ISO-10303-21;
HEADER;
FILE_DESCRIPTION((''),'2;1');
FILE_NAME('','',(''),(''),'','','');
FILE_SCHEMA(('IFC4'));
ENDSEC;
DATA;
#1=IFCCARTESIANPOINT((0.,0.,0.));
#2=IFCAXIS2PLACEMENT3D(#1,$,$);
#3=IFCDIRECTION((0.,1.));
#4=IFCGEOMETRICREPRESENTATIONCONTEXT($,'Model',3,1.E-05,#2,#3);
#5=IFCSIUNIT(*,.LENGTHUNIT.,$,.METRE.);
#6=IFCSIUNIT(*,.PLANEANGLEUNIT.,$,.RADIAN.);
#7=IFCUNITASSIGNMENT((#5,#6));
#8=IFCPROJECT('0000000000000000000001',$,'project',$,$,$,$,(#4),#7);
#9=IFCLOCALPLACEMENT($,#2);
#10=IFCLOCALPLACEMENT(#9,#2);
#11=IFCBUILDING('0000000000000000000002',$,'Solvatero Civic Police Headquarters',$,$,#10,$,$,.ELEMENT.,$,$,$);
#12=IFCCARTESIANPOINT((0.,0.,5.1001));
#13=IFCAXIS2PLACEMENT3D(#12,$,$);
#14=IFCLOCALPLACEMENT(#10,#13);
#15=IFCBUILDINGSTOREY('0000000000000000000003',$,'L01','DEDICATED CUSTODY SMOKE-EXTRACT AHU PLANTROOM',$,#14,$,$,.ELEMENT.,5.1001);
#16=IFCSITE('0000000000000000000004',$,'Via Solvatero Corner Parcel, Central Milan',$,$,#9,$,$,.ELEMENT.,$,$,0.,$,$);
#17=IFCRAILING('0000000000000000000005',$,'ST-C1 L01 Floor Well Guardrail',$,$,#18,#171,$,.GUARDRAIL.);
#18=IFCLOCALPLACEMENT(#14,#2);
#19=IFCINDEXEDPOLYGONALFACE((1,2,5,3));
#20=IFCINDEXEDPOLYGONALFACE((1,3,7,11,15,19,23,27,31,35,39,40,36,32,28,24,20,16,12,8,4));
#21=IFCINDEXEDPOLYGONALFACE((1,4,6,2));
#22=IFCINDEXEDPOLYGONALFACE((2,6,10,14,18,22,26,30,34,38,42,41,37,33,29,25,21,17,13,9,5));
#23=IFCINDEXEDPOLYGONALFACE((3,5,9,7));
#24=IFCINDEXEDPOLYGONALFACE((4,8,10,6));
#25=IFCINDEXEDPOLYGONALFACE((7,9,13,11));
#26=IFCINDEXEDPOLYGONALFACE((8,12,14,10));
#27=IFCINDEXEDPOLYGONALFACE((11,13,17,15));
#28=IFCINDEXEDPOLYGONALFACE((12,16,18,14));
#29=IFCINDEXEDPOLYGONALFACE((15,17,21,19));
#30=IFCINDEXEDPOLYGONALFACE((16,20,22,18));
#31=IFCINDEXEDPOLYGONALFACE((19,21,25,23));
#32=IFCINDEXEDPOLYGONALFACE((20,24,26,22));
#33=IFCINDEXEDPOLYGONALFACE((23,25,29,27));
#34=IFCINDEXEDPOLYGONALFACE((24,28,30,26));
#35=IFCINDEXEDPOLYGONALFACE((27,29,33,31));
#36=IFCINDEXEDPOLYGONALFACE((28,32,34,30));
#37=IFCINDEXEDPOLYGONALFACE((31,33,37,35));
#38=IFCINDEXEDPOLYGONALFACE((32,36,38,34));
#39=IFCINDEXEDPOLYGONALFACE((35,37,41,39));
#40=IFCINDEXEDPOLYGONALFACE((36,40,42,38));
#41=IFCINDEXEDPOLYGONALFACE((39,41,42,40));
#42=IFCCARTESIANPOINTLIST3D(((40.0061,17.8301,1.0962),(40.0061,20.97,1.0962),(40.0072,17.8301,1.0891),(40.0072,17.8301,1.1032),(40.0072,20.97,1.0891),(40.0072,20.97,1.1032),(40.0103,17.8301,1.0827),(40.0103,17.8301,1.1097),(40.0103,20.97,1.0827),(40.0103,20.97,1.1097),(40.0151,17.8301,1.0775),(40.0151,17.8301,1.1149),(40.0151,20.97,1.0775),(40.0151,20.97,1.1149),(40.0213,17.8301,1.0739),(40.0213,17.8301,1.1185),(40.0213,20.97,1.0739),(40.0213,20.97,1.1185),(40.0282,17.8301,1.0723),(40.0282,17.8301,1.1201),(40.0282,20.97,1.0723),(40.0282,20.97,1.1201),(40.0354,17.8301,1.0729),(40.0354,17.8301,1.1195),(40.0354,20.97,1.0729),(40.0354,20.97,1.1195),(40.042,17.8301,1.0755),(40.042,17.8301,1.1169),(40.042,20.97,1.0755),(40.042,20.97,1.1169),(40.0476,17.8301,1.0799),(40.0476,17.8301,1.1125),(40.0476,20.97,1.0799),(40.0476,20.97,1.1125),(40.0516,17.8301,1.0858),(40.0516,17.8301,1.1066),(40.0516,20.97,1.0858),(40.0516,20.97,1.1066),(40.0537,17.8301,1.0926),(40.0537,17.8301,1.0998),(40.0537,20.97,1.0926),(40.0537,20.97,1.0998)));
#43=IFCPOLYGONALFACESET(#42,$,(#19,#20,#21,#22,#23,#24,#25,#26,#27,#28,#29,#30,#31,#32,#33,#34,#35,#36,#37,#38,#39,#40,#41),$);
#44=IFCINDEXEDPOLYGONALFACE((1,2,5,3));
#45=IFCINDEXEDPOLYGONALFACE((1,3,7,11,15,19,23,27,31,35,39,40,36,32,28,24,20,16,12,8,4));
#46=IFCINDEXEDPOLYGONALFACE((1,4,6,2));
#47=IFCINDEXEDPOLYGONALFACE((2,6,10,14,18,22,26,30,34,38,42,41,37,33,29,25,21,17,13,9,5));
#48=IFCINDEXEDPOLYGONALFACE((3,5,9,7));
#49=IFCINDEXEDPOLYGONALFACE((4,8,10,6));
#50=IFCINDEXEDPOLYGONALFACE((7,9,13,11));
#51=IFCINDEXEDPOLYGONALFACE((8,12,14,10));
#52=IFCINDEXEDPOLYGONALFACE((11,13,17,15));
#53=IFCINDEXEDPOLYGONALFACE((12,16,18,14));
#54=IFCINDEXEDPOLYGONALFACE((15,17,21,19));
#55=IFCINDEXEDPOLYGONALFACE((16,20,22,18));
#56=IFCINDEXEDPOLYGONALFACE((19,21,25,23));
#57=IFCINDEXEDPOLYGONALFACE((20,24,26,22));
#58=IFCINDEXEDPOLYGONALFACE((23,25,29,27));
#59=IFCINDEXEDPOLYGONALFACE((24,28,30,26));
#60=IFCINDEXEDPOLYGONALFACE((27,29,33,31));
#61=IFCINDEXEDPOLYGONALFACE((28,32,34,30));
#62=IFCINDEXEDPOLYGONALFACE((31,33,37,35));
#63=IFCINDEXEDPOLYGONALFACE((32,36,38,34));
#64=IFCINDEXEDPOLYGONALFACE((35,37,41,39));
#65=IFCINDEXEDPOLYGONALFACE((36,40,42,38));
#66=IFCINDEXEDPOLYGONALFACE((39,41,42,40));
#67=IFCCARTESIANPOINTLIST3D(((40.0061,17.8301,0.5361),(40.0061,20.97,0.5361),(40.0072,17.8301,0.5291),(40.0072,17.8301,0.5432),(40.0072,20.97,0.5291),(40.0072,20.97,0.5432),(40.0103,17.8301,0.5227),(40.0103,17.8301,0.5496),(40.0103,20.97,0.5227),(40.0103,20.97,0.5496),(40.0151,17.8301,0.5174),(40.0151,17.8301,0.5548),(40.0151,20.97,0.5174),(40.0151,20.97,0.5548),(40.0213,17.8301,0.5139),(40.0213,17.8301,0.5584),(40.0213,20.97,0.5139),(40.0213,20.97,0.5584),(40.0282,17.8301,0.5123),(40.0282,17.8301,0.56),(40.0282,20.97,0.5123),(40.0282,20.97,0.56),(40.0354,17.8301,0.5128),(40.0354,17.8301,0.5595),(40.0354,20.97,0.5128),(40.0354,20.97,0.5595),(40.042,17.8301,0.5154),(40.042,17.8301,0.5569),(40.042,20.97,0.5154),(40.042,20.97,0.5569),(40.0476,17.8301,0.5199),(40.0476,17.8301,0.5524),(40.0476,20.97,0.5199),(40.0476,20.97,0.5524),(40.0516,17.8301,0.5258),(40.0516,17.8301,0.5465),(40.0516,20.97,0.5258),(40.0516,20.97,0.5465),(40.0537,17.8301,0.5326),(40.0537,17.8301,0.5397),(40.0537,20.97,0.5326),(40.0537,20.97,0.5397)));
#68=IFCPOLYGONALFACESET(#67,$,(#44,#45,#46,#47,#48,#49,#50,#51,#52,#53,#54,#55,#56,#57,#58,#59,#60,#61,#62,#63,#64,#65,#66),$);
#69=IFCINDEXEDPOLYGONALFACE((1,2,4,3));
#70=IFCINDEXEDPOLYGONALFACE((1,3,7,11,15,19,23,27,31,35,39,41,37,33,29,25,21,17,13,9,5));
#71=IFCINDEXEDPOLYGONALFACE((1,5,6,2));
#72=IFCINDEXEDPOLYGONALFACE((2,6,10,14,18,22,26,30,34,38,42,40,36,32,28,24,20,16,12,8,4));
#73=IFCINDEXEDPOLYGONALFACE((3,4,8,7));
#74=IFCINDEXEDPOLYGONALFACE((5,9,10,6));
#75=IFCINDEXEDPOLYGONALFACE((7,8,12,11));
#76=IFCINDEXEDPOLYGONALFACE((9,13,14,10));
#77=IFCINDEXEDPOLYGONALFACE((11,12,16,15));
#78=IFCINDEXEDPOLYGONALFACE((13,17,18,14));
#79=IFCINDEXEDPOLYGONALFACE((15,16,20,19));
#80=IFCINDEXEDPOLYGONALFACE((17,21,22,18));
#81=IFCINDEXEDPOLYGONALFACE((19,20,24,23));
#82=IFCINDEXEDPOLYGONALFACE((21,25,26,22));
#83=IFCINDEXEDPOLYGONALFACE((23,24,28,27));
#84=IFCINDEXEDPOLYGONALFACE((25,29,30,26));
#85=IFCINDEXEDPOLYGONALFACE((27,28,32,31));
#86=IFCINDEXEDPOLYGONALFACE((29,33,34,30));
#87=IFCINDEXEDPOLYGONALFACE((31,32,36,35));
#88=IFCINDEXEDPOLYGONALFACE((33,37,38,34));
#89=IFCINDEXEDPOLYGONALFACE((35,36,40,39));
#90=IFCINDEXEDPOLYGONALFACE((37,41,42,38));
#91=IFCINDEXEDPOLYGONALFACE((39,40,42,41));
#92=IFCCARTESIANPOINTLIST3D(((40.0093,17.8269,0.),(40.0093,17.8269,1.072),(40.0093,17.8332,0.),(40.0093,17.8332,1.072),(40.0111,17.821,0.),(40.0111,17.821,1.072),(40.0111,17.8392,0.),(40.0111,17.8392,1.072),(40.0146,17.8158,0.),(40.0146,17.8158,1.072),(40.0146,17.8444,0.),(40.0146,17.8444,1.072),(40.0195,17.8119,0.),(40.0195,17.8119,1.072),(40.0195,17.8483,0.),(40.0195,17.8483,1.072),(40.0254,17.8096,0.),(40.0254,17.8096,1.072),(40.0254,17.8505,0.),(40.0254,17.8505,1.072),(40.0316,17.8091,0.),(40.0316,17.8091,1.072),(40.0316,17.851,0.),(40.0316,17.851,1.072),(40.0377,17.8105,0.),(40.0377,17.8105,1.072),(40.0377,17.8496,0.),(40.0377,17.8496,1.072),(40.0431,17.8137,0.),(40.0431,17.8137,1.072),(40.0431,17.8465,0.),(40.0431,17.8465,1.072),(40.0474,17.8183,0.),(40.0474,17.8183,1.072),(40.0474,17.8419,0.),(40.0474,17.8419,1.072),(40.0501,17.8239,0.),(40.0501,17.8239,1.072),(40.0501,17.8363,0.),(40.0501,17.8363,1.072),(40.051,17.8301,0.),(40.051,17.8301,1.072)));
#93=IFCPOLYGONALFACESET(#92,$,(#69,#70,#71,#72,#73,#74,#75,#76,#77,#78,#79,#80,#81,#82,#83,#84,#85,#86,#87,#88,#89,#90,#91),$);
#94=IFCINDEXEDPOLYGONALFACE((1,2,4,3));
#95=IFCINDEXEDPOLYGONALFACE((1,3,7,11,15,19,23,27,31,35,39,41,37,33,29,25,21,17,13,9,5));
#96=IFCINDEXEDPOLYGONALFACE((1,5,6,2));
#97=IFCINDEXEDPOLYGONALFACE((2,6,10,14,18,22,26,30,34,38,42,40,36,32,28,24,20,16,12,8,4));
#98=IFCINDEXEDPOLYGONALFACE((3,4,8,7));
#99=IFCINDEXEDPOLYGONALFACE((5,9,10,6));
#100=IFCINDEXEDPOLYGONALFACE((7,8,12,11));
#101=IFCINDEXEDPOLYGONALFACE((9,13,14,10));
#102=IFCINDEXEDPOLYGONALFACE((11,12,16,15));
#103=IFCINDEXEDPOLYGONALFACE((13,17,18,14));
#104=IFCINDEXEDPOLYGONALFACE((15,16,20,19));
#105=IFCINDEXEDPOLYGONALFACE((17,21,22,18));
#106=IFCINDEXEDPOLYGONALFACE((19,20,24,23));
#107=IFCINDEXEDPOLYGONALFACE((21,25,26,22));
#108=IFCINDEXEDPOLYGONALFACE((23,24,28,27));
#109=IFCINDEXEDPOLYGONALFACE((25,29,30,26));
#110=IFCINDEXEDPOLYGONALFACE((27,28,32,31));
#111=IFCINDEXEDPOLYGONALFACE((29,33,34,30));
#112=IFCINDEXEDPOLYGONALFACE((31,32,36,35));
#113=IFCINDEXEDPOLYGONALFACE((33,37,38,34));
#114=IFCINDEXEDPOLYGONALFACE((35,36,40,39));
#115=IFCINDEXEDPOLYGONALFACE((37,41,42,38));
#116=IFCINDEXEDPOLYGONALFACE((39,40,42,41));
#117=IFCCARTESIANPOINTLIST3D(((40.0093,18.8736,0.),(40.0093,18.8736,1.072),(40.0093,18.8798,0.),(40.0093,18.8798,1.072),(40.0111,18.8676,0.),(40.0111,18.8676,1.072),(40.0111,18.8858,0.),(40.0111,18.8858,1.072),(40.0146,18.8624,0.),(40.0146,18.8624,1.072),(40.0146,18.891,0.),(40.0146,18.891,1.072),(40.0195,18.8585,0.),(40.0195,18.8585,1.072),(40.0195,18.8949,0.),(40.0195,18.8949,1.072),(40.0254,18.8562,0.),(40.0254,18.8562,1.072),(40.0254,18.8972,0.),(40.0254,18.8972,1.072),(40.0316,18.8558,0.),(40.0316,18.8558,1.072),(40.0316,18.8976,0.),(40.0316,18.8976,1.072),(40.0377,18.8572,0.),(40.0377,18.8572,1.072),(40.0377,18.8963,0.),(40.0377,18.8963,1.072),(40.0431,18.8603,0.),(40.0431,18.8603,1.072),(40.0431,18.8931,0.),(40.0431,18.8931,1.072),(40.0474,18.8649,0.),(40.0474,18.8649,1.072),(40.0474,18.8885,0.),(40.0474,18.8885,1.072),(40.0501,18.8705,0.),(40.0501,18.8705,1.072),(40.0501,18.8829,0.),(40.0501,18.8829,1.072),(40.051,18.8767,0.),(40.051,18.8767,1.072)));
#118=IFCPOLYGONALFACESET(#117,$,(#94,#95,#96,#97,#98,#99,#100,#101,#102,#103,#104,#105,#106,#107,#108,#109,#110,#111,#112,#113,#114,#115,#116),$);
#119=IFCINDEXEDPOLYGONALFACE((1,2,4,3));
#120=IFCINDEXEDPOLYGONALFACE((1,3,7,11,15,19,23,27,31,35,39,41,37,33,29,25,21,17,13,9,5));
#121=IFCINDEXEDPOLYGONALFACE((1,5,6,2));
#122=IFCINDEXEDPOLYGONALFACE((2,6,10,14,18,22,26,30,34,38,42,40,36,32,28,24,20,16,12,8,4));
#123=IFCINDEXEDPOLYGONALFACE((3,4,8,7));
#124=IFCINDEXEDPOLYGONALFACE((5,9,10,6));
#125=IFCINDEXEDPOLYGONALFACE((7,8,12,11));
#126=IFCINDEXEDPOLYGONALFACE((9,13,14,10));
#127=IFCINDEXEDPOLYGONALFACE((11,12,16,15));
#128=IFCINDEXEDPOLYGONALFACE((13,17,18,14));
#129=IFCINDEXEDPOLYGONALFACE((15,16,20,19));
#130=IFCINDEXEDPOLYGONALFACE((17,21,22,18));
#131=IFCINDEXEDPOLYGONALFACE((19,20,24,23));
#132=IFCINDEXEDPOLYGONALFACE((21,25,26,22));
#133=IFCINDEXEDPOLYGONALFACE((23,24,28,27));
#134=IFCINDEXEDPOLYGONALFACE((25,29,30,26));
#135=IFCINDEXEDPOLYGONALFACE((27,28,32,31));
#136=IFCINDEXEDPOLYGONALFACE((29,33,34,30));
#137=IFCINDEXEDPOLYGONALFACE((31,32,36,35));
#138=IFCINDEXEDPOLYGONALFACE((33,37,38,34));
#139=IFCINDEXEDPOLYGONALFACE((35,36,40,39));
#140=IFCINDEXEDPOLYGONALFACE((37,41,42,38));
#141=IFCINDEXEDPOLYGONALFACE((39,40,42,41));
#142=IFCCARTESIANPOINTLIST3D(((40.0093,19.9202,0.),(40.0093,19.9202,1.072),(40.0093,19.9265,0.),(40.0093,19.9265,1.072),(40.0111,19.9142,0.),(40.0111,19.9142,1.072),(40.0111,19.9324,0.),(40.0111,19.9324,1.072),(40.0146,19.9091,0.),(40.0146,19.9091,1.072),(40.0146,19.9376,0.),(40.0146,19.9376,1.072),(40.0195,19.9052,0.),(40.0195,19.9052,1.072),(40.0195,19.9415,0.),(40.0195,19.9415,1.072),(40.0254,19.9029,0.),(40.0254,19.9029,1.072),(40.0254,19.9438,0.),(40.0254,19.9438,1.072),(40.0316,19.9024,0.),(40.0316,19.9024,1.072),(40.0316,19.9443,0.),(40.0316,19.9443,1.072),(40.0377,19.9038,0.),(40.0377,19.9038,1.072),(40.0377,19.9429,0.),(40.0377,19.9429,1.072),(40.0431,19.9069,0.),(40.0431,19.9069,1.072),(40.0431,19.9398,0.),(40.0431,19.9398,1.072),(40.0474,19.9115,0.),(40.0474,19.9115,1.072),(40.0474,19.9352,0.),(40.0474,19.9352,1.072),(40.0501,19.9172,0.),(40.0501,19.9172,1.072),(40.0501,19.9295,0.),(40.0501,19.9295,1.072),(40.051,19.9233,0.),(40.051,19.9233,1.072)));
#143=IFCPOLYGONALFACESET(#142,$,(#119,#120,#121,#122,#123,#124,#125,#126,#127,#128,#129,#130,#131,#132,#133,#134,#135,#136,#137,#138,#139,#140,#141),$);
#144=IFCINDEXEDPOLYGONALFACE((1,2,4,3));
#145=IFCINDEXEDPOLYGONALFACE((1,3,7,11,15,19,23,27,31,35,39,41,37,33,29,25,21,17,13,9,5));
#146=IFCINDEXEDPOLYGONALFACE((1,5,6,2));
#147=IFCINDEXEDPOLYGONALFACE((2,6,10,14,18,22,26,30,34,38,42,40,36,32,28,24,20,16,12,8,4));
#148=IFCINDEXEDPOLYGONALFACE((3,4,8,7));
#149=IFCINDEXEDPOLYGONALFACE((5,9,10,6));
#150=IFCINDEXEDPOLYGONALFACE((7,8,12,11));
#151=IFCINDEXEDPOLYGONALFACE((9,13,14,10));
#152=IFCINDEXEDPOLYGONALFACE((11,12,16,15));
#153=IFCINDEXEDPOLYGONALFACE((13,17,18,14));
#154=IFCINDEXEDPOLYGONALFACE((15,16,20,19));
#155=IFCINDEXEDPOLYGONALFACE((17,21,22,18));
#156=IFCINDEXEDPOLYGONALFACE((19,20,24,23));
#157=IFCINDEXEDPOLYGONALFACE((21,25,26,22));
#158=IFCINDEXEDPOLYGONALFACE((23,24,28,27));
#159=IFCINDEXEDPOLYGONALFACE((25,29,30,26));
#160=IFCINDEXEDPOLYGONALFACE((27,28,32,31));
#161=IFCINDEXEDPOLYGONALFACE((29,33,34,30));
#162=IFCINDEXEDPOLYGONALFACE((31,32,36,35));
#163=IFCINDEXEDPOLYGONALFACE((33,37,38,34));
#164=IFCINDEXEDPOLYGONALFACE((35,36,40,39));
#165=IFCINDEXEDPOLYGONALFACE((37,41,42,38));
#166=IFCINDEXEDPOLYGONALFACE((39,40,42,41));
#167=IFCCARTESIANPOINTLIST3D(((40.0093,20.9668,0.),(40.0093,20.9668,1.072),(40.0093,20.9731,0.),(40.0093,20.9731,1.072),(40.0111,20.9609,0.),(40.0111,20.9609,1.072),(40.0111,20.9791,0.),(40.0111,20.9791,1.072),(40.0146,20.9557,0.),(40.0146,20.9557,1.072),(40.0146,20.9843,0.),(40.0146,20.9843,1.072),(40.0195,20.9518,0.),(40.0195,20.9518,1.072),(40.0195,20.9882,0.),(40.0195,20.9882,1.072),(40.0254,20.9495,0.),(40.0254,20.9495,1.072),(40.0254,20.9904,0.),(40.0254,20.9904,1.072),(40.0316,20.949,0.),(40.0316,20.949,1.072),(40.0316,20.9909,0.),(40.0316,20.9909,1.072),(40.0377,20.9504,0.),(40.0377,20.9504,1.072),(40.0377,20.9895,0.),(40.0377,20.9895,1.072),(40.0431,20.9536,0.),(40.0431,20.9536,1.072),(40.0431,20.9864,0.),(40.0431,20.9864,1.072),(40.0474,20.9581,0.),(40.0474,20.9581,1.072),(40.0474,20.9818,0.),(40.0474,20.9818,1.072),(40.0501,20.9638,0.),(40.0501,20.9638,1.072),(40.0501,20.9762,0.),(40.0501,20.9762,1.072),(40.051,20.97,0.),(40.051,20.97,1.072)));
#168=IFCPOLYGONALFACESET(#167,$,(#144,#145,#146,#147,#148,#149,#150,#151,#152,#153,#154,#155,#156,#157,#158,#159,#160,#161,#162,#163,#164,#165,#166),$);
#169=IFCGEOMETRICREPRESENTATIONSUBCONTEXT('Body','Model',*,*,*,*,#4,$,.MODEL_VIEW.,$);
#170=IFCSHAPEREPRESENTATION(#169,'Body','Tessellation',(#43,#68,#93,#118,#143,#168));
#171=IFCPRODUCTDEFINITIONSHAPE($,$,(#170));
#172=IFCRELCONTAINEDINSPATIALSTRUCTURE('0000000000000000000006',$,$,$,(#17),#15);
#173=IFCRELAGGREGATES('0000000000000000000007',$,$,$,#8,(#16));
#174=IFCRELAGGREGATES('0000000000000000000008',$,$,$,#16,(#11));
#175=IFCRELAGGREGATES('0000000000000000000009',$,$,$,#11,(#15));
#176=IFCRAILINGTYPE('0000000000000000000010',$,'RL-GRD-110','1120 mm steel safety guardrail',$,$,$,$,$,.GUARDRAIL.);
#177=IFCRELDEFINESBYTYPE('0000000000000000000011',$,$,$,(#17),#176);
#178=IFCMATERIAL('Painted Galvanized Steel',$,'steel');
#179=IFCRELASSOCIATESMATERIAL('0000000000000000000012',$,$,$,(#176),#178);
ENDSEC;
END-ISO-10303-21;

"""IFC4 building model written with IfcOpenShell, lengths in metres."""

from ifc_helpers import new_model, si_unit, direction, frame, origin, origin_2d, place, context, subcontext, project, spatial, circle, extrude, material, type_object, element, save


model = new_model("IFC4")

# Units and contexts
model_context = context("Model", 3, precision=1e-05, world=origin(), true_north=direction((0.0, 1.0)))
body_context = subcontext(model_context, "Body", "Model", "MODEL_VIEW")
ifc_project = project(units=[si_unit("LENGTHUNIT", "METRE"), si_unit("PLANEANGLEUNIT", "RADIAN")], contexts=[model_context])

# Site, building, storey
site_placement = place(None, origin())
site = spatial("IfcSite", under=ifc_project, at=site_placement, Name="Via Solvatero Corner Parcel, Central Milan", CompositionType="ELEMENT", RefElevation=0.0)
building_placement = place(site_placement, origin())
building = spatial("IfcBuilding", under=site, at=building_placement, Name="Solvatero Civic Police Headquarters", CompositionType="ELEMENT")
storey_placement = place(building_placement, frame((0.0, 0.0, 5.1001)))
storey = spatial("IfcBuildingStorey", under=building, at=storey_placement, Name="L01", Description="DEDICATED CUSTODY SMOKE-EXTRACT AHU PLANTROOM", CompositionType="ELEMENT", Elevation=5.1001)

# Railing
ifc_material_1 = material(Name="Painted Galvanized Steel", Category="steel")
railing_type_1 = type_object("IfcRailingType", Name="RL-GRD-110", Description="1120 mm steel safety guardrail", PredefinedType="GUARDRAIL", material=ifc_material_1)
railing_1_placement = place(storey_placement, frame((40.03, 17.8301, 0.0)))
element("IfcRailing", 1, at=railing_1_placement, inside=storey, type_object=railing_type_1, Name="ST-C1 L01 Floor Well Guardrail", PredefinedType="GUARDRAIL", context=body_context, shape_type="SweptSolid", body=[
    extrude(circle(Radius=0.0239, at=origin_2d()), frame((0.0, 0.0, 1.0962), z_axis=(0.0, 1.0, 0.0), x_axis=(-1.0, 0.0, 0.0)), (0.0, 0.0, 1.0), 3.1399),
    extrude(circle(Radius=0.0239, at=origin_2d()), frame((0.0, 0.0, 0.5361), z_axis=(0.0, 1.0, 0.0), x_axis=(-1.0, 0.0, 0.0)), (0.0, 0.0, 1.0), 3.1399),
    extrude(circle(Radius=0.021, at=origin_2d()), origin(), (0.0, 0.0, 1.0), 1.072),
    extrude(circle(Radius=0.021, at=origin_2d()), frame((0.0, 1.0466, 0.0)), (0.0, 0.0, 1.0), 1.072),
    extrude(circle(Radius=0.021, at=origin_2d()), frame((0.0, 2.0933, 0.0)), (0.0, 0.0, 1.0), 1.072),
    extrude(circle(Radius=0.021, at=origin_2d()), frame((0.0, 3.1399, 0.0)), (0.0, 0.0, 1.0), 1.072),
])

save(model, "model.ifc")
